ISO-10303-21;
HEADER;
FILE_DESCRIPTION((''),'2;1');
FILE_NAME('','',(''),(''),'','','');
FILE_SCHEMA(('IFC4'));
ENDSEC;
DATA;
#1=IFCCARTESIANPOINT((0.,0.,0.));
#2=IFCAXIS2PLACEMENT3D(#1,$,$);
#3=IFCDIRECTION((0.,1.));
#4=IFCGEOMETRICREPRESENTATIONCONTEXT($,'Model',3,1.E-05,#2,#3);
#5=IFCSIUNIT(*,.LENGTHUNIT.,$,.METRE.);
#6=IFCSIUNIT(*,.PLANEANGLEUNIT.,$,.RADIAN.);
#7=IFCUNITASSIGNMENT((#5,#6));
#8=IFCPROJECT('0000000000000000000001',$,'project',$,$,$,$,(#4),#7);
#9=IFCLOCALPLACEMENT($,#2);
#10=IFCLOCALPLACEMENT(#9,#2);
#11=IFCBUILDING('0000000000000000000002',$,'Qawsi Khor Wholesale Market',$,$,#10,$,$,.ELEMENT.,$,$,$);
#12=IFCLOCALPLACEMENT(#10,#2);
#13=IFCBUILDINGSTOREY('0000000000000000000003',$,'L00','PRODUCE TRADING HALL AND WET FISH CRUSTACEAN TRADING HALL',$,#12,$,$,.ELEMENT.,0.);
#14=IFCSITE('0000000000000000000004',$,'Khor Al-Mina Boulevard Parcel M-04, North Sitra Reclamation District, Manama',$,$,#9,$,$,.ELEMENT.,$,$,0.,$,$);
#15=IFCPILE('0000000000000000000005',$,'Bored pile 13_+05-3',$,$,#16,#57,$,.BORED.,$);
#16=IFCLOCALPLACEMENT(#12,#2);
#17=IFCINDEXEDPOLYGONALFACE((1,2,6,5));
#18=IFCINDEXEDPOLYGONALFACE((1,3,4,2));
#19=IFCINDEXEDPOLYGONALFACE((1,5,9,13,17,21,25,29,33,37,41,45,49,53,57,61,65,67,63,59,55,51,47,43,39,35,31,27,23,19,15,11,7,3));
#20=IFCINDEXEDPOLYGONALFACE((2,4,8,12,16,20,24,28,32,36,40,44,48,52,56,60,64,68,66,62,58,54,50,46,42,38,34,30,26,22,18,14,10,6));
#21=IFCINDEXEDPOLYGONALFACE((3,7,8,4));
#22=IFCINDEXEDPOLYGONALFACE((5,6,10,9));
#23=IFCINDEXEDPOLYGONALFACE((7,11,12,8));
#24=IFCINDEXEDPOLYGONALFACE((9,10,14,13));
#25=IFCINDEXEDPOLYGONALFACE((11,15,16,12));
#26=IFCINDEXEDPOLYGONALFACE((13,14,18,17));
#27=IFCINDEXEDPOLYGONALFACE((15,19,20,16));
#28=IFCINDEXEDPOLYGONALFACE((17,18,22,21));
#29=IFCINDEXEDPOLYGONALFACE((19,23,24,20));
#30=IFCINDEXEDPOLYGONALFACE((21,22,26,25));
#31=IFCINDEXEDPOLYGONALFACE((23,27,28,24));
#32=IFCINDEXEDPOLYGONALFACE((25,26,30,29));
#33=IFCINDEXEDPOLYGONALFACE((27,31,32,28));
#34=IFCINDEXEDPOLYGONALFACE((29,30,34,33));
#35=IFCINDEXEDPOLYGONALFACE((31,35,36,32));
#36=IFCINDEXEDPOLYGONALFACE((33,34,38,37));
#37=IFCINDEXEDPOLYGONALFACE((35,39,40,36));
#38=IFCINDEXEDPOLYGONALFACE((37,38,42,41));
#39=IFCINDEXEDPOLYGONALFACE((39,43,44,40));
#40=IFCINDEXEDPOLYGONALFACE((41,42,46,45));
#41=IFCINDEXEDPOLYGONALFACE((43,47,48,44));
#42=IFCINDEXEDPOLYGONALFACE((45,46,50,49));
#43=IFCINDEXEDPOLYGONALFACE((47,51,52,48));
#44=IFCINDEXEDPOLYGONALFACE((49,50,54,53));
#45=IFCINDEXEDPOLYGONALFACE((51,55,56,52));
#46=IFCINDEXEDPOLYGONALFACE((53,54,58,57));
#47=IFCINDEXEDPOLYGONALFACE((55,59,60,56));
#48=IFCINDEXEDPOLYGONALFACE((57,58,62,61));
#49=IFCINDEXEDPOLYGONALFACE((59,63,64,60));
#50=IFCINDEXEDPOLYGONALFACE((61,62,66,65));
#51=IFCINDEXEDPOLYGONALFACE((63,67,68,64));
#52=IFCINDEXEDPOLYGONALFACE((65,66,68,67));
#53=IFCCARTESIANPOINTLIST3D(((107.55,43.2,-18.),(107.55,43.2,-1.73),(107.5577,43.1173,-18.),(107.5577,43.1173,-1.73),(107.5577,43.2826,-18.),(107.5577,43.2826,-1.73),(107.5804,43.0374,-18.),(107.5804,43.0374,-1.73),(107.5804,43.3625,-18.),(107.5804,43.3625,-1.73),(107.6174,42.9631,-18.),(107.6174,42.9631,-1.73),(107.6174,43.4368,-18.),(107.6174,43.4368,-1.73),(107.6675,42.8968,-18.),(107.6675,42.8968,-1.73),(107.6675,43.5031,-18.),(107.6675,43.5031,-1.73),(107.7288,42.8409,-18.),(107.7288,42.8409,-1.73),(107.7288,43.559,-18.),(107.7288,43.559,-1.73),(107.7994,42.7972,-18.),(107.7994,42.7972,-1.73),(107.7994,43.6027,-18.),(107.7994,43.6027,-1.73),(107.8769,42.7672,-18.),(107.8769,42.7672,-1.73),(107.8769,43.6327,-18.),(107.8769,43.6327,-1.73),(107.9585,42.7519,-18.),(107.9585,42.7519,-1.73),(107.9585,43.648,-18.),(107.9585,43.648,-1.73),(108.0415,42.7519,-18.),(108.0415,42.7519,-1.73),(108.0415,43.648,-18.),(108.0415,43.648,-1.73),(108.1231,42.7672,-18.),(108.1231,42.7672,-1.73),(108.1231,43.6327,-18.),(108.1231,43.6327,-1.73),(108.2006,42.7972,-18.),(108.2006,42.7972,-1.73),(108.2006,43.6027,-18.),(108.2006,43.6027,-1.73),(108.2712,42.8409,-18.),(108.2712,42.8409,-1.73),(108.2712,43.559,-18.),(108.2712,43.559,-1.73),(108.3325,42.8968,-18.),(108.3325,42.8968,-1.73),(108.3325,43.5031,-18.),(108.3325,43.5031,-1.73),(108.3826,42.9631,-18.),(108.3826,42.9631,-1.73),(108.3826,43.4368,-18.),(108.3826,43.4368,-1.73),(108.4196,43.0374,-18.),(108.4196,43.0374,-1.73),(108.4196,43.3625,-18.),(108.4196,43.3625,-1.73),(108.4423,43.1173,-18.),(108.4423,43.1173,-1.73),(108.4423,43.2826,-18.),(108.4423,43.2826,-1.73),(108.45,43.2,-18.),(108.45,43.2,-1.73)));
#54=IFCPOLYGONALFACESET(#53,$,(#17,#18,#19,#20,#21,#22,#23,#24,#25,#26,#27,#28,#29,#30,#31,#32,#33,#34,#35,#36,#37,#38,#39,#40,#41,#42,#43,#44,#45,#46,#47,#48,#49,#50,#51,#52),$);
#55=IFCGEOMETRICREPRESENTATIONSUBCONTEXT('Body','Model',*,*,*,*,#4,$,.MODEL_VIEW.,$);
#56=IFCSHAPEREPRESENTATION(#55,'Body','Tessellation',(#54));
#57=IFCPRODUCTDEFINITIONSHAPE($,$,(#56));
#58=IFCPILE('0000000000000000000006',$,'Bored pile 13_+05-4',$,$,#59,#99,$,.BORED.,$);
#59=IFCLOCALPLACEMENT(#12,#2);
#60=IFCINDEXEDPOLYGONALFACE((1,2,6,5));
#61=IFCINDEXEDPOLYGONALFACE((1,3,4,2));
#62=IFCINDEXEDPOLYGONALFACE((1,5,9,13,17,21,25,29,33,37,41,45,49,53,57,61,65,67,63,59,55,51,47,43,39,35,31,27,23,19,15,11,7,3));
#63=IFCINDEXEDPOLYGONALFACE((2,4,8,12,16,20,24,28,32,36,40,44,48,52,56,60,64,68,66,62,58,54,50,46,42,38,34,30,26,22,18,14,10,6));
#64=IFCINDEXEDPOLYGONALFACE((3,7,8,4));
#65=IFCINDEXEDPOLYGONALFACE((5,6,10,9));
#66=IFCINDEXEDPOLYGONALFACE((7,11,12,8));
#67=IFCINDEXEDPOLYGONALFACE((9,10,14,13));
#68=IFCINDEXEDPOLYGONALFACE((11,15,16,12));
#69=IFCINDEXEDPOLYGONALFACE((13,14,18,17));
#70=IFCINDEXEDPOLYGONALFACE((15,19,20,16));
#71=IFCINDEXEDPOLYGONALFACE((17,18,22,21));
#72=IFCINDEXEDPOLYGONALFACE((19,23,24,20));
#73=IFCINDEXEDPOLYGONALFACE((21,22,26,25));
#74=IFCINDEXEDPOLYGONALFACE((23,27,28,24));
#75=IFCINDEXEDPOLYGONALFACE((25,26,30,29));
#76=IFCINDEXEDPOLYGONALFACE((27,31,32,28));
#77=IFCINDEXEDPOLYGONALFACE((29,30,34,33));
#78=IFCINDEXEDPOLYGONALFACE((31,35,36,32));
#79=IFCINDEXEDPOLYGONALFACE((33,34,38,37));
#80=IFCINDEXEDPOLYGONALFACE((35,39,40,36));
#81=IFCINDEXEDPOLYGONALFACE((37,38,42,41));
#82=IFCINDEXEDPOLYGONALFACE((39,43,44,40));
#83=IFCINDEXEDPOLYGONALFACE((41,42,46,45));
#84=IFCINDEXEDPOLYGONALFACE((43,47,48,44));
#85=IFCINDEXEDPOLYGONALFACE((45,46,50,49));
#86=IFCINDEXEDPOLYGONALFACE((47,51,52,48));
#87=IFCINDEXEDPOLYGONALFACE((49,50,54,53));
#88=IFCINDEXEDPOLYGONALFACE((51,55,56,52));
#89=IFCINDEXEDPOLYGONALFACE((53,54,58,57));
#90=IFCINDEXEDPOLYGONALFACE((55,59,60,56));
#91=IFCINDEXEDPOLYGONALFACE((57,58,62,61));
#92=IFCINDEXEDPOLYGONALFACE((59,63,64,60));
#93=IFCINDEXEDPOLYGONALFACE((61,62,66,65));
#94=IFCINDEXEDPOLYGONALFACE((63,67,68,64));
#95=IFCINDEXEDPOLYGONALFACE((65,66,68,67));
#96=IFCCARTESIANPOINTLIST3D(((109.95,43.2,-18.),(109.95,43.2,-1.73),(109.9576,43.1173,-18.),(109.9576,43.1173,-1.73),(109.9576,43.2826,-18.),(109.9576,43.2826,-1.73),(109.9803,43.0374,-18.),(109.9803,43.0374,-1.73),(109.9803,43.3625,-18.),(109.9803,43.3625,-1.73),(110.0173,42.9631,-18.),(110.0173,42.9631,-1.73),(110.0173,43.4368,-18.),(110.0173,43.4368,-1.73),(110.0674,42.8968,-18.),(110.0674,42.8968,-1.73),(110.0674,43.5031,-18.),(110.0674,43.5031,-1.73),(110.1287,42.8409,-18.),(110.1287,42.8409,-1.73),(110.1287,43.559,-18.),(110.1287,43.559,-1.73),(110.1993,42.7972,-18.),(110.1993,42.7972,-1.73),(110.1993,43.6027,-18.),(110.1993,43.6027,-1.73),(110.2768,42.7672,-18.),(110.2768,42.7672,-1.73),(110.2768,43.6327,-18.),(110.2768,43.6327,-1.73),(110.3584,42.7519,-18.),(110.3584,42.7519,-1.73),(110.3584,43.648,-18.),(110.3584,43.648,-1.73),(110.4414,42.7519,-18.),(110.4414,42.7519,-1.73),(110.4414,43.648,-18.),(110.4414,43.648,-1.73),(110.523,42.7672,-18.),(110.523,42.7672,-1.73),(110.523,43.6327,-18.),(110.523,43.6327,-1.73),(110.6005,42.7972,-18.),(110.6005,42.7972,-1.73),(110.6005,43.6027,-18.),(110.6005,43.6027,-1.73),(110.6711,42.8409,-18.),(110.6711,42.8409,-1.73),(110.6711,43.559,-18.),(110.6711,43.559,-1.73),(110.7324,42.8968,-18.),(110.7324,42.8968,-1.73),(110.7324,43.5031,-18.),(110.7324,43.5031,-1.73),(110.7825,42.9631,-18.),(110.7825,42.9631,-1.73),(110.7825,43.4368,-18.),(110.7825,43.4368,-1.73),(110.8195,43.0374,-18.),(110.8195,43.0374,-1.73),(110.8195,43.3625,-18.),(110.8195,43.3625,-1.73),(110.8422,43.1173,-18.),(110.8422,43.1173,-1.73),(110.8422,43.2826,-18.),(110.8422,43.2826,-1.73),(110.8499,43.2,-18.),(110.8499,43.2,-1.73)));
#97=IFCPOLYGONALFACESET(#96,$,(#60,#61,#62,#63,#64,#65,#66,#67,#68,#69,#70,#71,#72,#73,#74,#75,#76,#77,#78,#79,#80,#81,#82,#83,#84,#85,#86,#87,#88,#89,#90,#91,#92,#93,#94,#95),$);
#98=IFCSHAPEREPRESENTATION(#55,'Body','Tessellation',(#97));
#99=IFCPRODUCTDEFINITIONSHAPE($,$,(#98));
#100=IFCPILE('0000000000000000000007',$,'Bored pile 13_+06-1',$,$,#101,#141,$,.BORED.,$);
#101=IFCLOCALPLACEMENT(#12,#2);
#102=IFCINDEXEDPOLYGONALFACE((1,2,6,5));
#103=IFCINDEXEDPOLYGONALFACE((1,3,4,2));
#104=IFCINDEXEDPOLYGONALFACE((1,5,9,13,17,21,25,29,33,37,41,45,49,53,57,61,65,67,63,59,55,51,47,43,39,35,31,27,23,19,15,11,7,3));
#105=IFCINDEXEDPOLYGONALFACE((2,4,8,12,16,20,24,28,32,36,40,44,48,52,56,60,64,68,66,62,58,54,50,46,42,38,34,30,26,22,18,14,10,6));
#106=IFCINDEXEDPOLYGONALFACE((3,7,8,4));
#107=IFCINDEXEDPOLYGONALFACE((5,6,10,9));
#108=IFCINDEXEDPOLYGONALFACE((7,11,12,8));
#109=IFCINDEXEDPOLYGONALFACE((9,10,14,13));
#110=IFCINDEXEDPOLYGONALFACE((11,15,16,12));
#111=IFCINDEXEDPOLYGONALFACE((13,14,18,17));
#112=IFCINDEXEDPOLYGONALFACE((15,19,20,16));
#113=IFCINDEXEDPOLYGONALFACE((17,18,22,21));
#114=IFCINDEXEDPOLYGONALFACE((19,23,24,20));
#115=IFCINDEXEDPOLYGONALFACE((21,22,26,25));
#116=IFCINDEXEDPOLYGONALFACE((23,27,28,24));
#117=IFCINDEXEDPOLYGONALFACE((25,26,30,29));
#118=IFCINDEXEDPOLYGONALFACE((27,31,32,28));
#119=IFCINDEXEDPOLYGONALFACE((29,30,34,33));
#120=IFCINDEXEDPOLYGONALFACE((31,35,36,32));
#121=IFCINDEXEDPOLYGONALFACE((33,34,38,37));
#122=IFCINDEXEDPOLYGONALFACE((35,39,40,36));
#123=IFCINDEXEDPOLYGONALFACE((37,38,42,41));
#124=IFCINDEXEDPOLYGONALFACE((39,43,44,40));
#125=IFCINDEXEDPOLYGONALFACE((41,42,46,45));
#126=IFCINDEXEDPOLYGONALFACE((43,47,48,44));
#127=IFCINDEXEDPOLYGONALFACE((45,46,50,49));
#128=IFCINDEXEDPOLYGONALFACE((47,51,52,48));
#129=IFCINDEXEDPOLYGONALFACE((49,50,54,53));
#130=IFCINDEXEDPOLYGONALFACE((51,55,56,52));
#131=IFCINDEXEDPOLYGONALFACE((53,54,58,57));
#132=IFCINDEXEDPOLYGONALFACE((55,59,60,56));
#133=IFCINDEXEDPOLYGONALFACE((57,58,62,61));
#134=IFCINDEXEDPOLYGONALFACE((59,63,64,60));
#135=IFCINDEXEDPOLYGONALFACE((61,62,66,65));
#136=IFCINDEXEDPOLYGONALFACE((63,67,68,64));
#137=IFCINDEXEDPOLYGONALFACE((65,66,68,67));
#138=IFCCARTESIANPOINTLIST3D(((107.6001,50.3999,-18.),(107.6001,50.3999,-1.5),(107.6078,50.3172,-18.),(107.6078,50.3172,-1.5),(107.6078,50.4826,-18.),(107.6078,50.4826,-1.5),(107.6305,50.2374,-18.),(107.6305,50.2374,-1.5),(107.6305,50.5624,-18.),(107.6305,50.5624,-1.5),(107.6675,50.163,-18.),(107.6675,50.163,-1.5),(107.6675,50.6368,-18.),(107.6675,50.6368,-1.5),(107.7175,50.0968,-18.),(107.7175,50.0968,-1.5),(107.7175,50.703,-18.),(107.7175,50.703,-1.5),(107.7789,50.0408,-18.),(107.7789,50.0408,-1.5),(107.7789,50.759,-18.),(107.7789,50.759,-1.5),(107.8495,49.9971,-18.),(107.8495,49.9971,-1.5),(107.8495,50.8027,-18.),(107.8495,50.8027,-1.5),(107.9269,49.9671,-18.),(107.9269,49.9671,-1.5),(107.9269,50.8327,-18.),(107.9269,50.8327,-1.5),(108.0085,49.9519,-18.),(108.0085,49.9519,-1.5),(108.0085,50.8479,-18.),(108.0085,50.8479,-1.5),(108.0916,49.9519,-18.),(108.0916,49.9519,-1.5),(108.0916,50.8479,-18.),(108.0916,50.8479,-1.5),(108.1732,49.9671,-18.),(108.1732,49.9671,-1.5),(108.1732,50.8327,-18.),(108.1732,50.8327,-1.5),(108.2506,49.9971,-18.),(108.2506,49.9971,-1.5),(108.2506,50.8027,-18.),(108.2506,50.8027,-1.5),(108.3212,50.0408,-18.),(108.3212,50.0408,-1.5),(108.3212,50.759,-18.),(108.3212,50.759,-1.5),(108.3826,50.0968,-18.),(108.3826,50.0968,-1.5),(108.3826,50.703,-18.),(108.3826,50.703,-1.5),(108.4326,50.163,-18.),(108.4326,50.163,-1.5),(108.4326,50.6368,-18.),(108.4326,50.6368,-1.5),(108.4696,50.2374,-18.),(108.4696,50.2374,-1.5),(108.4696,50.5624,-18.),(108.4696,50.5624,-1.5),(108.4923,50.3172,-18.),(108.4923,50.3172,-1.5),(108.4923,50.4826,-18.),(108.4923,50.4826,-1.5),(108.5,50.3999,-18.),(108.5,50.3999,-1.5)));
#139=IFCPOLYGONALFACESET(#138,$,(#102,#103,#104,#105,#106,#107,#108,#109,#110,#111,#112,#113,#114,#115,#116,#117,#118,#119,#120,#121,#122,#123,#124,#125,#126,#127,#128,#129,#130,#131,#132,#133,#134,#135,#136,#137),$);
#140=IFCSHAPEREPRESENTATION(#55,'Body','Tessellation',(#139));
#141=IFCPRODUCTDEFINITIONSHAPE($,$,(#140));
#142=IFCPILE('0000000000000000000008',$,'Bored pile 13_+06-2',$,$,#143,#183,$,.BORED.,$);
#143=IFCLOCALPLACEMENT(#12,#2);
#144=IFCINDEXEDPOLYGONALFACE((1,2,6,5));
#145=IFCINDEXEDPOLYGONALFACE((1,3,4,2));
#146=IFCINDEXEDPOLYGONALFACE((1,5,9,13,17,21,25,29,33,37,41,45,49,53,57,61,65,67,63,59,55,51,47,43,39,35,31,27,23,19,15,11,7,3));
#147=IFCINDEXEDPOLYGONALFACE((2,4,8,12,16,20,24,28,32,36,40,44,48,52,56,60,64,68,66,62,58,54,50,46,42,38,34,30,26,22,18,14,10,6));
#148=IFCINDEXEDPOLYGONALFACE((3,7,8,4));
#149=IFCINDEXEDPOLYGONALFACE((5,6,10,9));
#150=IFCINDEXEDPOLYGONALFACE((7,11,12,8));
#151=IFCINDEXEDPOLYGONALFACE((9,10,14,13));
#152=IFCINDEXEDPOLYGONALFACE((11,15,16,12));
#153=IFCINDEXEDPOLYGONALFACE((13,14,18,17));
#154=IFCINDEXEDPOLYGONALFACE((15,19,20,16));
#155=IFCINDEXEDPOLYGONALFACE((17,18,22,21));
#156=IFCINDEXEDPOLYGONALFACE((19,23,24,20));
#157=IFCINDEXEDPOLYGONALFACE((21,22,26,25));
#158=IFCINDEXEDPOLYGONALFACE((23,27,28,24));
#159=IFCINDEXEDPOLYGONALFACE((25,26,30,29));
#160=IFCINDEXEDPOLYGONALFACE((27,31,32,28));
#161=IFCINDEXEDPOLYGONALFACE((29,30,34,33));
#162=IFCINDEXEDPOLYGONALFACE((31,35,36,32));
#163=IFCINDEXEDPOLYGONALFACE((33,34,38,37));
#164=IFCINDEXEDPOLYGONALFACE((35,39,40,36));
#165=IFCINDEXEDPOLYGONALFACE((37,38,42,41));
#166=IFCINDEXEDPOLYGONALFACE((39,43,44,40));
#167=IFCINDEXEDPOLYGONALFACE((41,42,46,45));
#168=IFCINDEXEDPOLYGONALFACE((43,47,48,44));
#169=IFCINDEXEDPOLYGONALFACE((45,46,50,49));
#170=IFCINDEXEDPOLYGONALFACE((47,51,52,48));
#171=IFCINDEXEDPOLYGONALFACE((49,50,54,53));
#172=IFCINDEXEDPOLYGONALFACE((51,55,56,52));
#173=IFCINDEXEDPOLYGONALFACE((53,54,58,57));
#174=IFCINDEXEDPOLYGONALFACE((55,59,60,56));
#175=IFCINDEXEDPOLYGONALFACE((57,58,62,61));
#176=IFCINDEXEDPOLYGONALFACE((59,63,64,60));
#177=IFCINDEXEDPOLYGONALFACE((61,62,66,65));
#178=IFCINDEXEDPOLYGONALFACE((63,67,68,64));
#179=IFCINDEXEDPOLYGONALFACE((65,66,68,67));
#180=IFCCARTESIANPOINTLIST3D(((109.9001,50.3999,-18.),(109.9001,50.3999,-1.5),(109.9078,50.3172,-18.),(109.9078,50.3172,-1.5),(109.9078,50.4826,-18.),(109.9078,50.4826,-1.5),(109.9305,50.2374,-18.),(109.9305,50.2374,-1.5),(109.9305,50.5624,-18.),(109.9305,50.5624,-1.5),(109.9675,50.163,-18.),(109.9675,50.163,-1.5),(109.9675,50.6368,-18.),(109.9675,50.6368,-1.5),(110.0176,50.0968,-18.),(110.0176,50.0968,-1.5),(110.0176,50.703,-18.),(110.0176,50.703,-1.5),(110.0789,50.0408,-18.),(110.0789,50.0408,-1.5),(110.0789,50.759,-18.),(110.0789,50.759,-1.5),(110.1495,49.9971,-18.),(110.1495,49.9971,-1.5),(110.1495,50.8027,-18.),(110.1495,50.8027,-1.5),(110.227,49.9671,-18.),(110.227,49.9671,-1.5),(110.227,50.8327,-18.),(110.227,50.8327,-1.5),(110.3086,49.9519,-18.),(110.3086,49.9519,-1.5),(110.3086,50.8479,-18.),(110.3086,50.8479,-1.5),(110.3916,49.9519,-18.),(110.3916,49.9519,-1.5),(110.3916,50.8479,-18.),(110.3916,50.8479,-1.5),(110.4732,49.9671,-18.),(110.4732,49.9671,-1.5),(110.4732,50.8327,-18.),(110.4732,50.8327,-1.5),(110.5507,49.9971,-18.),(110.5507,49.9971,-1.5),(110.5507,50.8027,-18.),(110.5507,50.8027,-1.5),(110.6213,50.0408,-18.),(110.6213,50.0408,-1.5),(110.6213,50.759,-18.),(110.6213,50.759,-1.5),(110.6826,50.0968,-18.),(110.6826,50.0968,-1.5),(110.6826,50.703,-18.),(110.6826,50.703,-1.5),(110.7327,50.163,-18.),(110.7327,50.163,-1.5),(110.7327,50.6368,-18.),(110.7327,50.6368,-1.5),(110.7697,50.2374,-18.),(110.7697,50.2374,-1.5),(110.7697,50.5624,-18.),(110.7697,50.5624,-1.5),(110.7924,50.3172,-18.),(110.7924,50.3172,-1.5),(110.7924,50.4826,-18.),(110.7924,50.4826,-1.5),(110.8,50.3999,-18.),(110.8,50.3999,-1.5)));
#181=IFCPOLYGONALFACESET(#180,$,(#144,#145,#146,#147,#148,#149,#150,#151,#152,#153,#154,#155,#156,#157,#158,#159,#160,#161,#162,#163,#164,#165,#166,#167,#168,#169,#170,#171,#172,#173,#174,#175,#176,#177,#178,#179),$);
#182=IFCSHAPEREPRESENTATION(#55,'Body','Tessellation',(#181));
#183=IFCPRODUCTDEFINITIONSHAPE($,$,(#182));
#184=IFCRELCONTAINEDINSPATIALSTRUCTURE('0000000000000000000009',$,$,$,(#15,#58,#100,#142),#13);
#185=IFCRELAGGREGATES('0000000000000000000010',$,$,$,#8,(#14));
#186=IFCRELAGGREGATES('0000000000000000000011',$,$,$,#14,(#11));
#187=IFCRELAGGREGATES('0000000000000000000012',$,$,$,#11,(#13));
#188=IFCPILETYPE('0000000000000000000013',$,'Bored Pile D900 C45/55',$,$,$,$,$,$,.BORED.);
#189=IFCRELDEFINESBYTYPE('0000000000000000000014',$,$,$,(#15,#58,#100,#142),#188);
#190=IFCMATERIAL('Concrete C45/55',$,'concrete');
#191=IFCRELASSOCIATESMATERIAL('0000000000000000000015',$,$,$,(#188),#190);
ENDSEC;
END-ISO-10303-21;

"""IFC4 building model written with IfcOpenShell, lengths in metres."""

from ifc_helpers import new_model, si_unit, direction, frame, origin, origin_2d, place, context, subcontext, project, spatial, circle, extrude, material, material_profile, profile_set, type_object, element, save


model = new_model("IFC4")

# Units and contexts
model_context = context("Model", 3, precision=1e-05, world=origin(), true_north=direction((0.0, 1.0)))
body_context = subcontext(model_context, "Body", "Model", "MODEL_VIEW")
ifc_project = project(units=[si_unit("LENGTHUNIT", "METRE"), si_unit("PLANEANGLEUNIT", "RADIAN")], contexts=[model_context])

# Site, building, storey
site_placement = place(None, origin())
site = spatial("IfcSite", under=ifc_project, at=site_placement, Name="Khor Al-Mina Boulevard Parcel M-04, North Sitra Reclamation District, Manama", CompositionType="ELEMENT", RefElevation=0.0)
building_placement = place(site_placement, origin())
building = spatial("IfcBuilding", under=site, at=building_placement, Name="Qawsi Khor Wholesale Market", CompositionType="ELEMENT")
storey_placement = place(building_placement, origin())
storey = spatial("IfcBuildingStorey", under=building, at=storey_placement, Name="L00", Description="PRODUCE TRADING HALL AND WET FISH CRUSTACEAN TRADING HALL", CompositionType="ELEMENT", Elevation=0.0)

# Piles
ifc_material_1 = material(Name="Concrete C45/55", Category="concrete")
ifc_material_profile_1 = material_profile(ifc_material_1, circle(Radius=0.45, at=origin_2d()), Name="PILE D900")
ifc_profile_set_1 = profile_set([ifc_material_profile_1], Name="Concrete C45/55")
pile_type = type_object("IfcPileType", Name="Bored Pile D900 C45/55", PredefinedType="BORED", material=ifc_profile_set_1)
for number, where, z_axis, x_axis, name in (
    (1, (108.0, 43.2, -1.73), (0.0, 0.0, -1.0), (1.0, 0.0, 0.0), "Bored pile 13_+05-3"),
    (2, (110.3999, 43.2, -1.73), (0.0, 0.0, -1.0), (1.0, 0.0, 0.0), "Bored pile 13_+05-4"),
):
    element("IfcPile", number, at=place(storey_placement, frame(where, z_axis=z_axis, x_axis=x_axis)), inside=storey, type_object=pile_type, Name=name, PredefinedType="BORED", context=body_context, shape_type="SweptSolid", body=[
        extrude(circle(Radius=0.45, at=origin_2d()), origin(), (0.0, 0.0, 1.0), 16.27),
    ])
for number, where, z_axis, x_axis, name in (
    (3, (108.05, 50.3999, -1.5), (0.0, 0.0, -1.0), (1.0, 0.0, 0.0), "Bored pile 13_+06-1"),
    (4, (110.3501, 50.3999, -1.5), (0.0, 0.0, -1.0), (1.0, 0.0, 0.0), "Bored pile 13_+06-2"),
):
    element("IfcPile", number, at=place(storey_placement, frame(where, z_axis=z_axis, x_axis=x_axis)), inside=storey, type_object=pile_type, Name=name, PredefinedType="BORED", context=body_context, shape_type="SweptSolid", body=[
        extrude(circle(Radius=0.45, at=origin_2d()), origin(), (0.0, 0.0, 1.0), 16.5),
    ])

save(model, "model.ifc")
